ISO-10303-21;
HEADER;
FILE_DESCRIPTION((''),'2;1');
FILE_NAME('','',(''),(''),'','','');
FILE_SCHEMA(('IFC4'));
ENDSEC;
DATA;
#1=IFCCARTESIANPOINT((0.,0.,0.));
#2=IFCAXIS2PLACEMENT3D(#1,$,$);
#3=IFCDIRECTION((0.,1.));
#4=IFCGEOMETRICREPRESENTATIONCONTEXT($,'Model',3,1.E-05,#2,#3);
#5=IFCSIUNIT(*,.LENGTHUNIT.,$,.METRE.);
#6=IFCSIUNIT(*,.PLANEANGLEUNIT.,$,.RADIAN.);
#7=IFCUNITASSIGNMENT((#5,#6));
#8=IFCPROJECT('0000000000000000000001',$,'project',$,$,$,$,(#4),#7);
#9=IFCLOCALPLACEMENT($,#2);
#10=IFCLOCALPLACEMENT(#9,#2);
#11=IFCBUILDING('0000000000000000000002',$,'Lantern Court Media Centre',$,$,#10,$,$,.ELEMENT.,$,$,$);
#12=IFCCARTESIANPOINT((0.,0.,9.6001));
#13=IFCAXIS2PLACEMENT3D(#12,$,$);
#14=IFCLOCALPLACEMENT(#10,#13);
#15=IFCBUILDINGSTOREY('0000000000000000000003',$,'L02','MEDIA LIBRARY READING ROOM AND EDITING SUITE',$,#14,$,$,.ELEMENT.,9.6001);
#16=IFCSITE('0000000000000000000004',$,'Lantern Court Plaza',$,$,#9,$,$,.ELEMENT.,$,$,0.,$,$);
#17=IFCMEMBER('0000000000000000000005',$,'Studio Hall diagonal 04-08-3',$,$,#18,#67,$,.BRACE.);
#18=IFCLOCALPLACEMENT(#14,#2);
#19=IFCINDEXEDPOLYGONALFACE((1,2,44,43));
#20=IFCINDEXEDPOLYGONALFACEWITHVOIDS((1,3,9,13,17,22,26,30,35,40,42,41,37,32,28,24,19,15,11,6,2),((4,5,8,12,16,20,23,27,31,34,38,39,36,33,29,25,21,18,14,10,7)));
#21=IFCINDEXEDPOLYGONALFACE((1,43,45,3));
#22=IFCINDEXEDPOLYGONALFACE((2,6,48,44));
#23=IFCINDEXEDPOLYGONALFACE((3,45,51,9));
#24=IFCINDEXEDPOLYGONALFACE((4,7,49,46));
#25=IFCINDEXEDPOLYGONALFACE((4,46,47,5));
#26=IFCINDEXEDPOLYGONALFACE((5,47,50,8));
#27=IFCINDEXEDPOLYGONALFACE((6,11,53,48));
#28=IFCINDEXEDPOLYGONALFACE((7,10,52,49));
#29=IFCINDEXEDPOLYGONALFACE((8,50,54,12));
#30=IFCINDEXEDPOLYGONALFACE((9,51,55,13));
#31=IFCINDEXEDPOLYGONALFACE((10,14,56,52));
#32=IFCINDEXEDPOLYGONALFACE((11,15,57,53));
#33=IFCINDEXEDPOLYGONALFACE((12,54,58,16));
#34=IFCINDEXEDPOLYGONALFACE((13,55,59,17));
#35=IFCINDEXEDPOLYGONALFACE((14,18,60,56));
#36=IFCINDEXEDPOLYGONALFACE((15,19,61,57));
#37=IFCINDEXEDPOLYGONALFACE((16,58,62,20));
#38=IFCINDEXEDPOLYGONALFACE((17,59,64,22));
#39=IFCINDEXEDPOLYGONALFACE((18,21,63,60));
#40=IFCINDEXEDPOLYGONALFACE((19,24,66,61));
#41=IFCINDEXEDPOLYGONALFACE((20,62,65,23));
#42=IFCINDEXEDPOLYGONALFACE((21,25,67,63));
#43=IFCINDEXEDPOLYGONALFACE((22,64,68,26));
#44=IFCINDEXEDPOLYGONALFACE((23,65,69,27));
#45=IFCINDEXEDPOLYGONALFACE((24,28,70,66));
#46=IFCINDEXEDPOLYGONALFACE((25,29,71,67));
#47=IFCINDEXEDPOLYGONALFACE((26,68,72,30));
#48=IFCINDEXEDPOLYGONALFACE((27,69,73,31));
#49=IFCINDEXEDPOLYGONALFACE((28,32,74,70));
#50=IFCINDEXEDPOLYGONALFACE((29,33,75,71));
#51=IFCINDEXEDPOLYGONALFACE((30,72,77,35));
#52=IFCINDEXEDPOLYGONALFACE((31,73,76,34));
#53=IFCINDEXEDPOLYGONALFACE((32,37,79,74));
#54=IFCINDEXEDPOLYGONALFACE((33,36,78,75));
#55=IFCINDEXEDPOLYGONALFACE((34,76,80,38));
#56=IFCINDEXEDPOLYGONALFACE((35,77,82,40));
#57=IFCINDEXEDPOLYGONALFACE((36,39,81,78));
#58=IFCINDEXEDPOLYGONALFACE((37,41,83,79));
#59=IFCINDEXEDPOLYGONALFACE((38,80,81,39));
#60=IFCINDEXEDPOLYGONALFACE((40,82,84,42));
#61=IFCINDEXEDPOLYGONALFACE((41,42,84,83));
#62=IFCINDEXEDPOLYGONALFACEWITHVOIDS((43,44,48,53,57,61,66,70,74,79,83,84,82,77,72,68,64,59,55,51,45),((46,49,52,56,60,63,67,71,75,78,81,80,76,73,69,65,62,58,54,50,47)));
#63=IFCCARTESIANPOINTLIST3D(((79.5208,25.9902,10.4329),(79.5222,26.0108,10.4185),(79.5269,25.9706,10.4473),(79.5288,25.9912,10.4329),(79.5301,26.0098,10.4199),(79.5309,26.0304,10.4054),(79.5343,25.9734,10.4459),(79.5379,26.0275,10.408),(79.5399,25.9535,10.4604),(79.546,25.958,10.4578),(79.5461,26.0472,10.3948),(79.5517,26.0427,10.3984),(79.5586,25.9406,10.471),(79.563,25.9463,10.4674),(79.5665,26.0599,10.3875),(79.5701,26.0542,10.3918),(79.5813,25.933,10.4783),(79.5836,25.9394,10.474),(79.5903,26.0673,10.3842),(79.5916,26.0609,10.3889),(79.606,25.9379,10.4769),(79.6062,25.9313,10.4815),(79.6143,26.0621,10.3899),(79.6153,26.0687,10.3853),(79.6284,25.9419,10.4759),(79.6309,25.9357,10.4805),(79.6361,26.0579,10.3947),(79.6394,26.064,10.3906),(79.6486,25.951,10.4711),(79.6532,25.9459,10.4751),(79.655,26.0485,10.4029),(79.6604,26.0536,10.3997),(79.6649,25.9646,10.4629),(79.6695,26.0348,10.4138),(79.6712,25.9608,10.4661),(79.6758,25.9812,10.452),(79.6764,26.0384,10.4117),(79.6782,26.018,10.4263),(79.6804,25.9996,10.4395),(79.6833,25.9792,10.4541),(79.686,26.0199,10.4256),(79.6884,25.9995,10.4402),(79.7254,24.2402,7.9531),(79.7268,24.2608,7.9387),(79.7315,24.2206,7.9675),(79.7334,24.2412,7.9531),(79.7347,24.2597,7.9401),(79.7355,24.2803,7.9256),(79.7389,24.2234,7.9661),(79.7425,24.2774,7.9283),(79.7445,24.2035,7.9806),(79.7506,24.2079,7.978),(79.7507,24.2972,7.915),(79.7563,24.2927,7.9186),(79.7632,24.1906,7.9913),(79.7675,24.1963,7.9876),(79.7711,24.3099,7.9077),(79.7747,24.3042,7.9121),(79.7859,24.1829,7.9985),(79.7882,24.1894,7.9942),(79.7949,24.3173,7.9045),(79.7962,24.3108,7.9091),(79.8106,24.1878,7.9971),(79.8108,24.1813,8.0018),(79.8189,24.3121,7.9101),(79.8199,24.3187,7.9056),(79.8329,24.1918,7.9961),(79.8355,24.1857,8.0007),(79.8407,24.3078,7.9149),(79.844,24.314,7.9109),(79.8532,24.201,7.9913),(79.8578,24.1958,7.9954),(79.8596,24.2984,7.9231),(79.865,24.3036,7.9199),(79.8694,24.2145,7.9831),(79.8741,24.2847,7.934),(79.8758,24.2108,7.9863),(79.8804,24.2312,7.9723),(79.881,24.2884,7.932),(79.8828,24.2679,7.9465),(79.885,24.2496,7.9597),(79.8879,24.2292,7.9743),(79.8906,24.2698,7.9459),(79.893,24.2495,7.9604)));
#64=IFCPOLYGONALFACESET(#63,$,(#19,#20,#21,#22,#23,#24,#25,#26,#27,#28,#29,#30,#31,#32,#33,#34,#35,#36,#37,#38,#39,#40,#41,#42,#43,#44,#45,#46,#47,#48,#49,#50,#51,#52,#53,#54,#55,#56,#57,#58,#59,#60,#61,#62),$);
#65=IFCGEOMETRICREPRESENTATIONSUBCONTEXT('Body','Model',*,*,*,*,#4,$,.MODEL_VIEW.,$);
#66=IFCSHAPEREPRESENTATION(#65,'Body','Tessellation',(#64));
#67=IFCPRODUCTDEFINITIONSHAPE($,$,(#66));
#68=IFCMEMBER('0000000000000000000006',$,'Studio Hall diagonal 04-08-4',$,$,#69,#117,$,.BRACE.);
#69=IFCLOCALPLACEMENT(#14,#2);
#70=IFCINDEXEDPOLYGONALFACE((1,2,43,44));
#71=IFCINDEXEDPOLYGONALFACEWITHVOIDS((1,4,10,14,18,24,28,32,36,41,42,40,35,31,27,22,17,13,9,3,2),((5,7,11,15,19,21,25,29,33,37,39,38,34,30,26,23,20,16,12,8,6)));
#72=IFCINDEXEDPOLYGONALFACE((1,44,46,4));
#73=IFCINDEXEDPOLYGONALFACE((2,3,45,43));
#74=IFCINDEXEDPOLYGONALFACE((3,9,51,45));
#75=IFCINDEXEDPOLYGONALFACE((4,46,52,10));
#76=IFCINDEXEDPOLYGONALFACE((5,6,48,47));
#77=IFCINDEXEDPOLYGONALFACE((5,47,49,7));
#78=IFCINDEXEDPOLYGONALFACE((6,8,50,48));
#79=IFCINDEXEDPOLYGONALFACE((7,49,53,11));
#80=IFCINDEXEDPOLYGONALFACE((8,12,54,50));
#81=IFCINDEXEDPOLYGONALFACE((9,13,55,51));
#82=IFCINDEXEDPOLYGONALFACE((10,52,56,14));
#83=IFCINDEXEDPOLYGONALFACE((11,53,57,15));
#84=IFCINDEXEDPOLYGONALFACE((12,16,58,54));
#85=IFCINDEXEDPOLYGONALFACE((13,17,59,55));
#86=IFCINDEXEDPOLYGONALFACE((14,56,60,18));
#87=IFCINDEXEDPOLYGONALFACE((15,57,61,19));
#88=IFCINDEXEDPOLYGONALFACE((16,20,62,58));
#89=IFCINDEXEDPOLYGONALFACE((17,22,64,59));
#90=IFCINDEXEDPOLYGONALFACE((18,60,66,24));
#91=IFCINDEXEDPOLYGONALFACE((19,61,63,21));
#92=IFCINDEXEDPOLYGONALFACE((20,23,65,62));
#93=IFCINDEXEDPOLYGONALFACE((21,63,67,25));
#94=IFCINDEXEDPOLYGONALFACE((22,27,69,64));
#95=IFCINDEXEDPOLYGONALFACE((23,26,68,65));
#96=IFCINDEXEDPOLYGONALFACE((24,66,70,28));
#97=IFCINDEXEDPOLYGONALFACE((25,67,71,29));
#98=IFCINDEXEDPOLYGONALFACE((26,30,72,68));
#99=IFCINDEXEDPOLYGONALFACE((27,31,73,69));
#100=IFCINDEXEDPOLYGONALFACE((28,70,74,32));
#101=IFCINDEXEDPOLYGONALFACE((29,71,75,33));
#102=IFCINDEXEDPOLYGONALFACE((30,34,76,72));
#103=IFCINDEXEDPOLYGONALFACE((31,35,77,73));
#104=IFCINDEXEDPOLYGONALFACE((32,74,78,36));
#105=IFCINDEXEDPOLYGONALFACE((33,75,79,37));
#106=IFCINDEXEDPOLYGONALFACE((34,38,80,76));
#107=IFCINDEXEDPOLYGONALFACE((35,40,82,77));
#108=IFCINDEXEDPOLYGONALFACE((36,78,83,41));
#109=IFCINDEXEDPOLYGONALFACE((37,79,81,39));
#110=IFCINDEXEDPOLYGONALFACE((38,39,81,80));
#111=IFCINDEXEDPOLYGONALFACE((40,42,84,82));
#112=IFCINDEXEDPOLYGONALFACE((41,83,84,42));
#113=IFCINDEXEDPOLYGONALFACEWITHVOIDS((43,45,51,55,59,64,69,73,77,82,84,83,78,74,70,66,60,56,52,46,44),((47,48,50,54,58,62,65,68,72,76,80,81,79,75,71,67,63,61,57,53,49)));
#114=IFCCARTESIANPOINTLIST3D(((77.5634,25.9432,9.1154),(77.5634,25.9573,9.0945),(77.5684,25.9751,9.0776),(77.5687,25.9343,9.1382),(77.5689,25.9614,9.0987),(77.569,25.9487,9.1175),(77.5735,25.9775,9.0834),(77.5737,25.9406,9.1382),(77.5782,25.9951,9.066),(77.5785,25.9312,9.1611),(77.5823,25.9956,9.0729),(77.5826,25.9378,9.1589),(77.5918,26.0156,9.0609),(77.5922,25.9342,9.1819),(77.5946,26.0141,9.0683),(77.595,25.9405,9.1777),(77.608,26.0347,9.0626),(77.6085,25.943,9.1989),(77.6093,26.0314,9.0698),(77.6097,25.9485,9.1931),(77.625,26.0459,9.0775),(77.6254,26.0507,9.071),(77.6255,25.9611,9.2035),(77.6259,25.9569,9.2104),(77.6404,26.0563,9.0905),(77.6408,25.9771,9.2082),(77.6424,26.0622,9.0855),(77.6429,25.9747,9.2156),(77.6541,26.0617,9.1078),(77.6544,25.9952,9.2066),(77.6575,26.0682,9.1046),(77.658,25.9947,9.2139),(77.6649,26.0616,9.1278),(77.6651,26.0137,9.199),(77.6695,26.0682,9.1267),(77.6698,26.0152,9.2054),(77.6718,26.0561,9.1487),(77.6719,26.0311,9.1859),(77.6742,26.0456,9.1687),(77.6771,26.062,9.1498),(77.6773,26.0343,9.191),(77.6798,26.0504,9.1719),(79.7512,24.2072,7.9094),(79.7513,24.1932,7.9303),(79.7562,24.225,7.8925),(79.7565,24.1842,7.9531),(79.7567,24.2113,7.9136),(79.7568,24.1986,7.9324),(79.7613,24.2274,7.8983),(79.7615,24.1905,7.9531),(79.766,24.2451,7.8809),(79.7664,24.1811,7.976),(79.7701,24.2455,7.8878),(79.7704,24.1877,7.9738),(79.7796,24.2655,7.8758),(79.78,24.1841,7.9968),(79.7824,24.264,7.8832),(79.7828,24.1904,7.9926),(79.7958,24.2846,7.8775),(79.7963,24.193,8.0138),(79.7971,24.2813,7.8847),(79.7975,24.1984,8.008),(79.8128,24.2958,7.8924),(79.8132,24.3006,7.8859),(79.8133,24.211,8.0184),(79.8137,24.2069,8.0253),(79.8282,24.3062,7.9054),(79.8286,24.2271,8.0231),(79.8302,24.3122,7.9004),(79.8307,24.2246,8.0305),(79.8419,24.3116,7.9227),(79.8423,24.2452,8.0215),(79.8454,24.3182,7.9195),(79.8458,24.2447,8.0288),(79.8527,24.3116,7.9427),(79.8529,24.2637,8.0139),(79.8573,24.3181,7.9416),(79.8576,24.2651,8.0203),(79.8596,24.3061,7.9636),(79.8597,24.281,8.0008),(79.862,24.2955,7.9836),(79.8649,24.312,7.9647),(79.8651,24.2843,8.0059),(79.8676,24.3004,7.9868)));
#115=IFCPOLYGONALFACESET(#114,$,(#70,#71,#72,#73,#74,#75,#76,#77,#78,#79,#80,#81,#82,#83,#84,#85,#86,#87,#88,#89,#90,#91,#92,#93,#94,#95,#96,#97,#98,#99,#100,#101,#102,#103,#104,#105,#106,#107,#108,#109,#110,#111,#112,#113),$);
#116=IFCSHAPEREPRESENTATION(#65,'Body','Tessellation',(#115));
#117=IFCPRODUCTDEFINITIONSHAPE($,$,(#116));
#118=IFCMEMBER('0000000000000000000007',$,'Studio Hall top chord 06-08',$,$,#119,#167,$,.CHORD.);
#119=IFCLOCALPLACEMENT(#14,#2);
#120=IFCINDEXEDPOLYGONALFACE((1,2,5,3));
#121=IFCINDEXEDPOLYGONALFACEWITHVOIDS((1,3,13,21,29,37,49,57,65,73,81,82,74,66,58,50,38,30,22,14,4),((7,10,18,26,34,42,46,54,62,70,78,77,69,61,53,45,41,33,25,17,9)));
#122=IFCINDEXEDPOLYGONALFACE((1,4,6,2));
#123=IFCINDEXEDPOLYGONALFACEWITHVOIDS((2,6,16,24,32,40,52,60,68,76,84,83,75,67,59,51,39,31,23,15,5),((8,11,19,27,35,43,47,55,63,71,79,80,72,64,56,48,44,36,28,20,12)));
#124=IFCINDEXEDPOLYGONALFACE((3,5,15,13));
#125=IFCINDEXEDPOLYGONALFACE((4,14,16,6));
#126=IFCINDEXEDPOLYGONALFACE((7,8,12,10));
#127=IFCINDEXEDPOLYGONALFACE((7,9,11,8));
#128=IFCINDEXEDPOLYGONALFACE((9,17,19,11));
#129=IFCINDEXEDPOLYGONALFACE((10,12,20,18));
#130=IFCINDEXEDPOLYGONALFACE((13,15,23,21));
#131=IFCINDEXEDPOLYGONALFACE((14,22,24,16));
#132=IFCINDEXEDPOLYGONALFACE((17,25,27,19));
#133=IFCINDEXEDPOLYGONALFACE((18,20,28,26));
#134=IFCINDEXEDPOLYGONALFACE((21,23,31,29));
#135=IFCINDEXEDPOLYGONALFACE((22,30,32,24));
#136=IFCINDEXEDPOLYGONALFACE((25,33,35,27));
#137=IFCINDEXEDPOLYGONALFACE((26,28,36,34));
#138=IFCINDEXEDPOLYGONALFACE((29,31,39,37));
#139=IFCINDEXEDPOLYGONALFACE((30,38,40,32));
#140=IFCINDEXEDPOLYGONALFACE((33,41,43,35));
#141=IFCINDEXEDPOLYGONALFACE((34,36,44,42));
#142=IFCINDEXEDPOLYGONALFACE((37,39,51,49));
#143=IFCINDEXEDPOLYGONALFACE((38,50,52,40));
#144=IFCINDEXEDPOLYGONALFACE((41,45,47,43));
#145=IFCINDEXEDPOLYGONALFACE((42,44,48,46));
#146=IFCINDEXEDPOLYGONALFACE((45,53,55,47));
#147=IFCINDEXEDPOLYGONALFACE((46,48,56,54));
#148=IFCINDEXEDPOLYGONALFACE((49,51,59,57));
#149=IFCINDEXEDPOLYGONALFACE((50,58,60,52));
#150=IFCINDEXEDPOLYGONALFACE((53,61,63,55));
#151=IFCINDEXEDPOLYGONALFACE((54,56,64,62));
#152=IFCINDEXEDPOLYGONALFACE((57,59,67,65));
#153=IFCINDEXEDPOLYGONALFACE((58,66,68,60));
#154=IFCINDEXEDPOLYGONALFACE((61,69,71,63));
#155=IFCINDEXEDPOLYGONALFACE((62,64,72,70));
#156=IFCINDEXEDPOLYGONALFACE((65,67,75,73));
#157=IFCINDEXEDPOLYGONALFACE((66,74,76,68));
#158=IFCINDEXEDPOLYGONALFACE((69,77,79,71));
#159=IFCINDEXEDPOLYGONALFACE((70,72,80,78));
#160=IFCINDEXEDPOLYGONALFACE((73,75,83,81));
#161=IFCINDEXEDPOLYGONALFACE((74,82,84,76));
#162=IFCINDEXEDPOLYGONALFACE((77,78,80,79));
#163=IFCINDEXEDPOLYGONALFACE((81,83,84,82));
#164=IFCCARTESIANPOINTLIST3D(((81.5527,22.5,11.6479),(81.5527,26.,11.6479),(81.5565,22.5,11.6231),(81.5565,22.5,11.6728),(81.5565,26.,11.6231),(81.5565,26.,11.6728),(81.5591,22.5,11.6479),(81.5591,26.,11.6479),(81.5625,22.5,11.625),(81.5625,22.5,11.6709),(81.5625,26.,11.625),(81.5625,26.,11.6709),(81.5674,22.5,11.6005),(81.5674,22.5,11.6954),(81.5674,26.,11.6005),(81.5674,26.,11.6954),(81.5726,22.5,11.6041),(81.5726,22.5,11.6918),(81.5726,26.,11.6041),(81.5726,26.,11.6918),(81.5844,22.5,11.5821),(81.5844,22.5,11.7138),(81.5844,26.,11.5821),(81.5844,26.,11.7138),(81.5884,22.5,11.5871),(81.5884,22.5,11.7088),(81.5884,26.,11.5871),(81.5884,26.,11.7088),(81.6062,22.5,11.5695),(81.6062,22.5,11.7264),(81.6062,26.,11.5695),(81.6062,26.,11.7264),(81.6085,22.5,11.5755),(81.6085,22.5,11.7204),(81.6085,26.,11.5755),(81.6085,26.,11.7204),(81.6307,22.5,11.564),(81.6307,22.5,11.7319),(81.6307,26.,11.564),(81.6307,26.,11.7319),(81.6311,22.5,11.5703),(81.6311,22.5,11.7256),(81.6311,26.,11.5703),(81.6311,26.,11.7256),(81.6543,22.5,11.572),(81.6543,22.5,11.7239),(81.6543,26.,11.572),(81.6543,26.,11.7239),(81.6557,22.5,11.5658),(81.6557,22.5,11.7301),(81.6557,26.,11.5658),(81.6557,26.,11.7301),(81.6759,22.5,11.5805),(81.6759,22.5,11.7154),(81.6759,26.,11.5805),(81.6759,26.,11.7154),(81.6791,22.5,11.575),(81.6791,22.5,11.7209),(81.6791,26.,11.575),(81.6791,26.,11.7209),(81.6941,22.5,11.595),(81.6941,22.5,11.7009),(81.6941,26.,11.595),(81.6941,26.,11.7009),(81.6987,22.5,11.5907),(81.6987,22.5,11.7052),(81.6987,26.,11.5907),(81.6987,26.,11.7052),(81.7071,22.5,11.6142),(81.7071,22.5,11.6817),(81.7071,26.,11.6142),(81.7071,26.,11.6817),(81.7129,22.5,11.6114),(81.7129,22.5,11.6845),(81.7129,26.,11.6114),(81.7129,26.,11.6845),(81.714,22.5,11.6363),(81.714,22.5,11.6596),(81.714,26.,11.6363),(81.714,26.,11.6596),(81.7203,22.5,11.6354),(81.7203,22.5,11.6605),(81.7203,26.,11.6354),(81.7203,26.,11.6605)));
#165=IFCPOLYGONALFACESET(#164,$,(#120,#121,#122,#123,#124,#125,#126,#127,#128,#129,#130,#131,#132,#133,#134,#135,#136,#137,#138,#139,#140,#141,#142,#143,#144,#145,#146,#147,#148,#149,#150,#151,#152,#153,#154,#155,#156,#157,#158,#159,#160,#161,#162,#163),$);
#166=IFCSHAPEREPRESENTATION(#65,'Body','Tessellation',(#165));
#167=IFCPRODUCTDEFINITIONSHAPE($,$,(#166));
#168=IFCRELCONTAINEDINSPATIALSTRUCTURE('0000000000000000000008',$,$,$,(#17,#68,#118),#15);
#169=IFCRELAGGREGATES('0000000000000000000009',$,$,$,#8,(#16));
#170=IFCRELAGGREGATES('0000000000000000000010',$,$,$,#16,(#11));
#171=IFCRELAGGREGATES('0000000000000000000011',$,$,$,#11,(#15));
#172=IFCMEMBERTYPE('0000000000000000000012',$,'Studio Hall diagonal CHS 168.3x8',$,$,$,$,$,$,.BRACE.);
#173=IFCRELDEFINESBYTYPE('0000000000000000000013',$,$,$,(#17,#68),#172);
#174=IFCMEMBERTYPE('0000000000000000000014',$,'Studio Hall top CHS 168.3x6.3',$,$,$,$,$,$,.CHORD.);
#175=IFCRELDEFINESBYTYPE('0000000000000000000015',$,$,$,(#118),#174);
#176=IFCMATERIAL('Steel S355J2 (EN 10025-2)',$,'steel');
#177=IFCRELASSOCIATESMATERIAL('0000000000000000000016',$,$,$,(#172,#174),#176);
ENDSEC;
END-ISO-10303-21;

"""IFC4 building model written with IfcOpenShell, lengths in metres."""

from ifc_helpers import new_model, si_unit, direction, frame, origin, origin_2d, place, context, subcontext, project, spatial, hollow_circle, extrude, material, material_profile, profile_set, type_object, element, save


model = new_model("IFC4")

# Units and contexts
model_context = context("Model", 3, precision=1e-05, world=origin(), true_north=direction((0.0, 1.0)))
body_context = subcontext(model_context, "Body", "Model", "MODEL_VIEW")
ifc_project = project(units=[si_unit("LENGTHUNIT", "METRE"), si_unit("PLANEANGLEUNIT", "RADIAN")], contexts=[model_context])

# Site, building, storey
site_placement = place(None, origin())
site = spatial("IfcSite", under=ifc_project, at=site_placement, Name="Lantern Court Plaza", CompositionType="ELEMENT", RefElevation=0.0)
building_placement = place(site_placement, origin())
building = spatial("IfcBuilding", under=site, at=building_placement, Name="Lantern Court Media Centre", CompositionType="ELEMENT")
storey_placement = place(building_placement, frame((0.0, 0.0, 9.6001)))
storey = spatial("IfcBuildingStorey", under=building, at=storey_placement, Name="L02", Description="MEDIA LIBRARY READING ROOM AND EDITING SUITE", CompositionType="ELEMENT", Elevation=9.6001)

# Members
ifc_material = material(Name="Steel S355J2 (EN 10025-2)", Category="steel")
ifc_material_profile_1 = material_profile(ifc_material, hollow_circle(Radius=0.0842, WallThickness=0.0081, at=origin_2d()), Name="Studio Hall diagonal CHS 168.3x8")
ifc_profile_set_1 = profile_set([ifc_material_profile_1], Name="Steel S355J2 (EN 10025-2)")
member_type_1 = type_object("IfcMemberType", Name="Studio Hall diagonal CHS 168.3x8", PredefinedType="BRACE", material=ifc_profile_set_1)
for number, where, z_axis, x_axis, name in (
    (1, (79.8091, 24.25, 7.9531), (-0.067256, 0.575289, 0.81518), (-0.993235, -0.116118, 0.0), "Studio Hall diagonal 04-08-3"),
    (2, (79.8091, 24.25, 7.9531), (-0.719206, 0.5753, 0.38958), (-0.624653, -0.780903, 0.0), "Studio Hall diagonal 04-08-4"),
):
    element("IfcMember", number, at=place(storey_placement, frame(where, z_axis=z_axis, x_axis=x_axis)), inside=storey, type_object=member_type_1, Name=name, PredefinedType="BRACE", context=body_context, shape_type="SweptSolid", body=[
        extrude(hollow_circle(Radius=0.0842, WallThickness=0.0081, at=origin_2d()), origin(), (0.0, 0.0, 1.0), 3.042),
    ])
ifc_material_profile_2 = material_profile(ifc_material, hollow_circle(Radius=0.0842, WallThickness=0.0063, at=origin_2d()), Name="Studio Hall top CHS 168.3x6.3")
ifc_profile_set_2 = profile_set([ifc_material_profile_2], Name="Steel S355J2 (EN 10025-2)")
member_type_2 = type_object("IfcMemberType", Name="Studio Hall top CHS 168.3x6.3", PredefinedType="CHORD", material=ifc_profile_set_2)
for number, where, z_axis, x_axis, name in (
    (3, (81.637, 22.5, 11.6479), (0.0, 1.0, 0.0), (-1.0, 0.0, 0.0), "Studio Hall top chord 06-08"),
):
    element("IfcMember", number, at=place(storey_placement, frame(where, z_axis=z_axis, x_axis=x_axis)), inside=storey, type_object=member_type_2, Name=name, PredefinedType="CHORD", context=body_context, shape_type="SweptSolid", body=[
        extrude(hollow_circle(Radius=0.0842, WallThickness=0.0063, at=origin_2d()), origin(), (0.0, 0.0, 1.0), 3.5),
    ])

save(model, "model.ifc")
